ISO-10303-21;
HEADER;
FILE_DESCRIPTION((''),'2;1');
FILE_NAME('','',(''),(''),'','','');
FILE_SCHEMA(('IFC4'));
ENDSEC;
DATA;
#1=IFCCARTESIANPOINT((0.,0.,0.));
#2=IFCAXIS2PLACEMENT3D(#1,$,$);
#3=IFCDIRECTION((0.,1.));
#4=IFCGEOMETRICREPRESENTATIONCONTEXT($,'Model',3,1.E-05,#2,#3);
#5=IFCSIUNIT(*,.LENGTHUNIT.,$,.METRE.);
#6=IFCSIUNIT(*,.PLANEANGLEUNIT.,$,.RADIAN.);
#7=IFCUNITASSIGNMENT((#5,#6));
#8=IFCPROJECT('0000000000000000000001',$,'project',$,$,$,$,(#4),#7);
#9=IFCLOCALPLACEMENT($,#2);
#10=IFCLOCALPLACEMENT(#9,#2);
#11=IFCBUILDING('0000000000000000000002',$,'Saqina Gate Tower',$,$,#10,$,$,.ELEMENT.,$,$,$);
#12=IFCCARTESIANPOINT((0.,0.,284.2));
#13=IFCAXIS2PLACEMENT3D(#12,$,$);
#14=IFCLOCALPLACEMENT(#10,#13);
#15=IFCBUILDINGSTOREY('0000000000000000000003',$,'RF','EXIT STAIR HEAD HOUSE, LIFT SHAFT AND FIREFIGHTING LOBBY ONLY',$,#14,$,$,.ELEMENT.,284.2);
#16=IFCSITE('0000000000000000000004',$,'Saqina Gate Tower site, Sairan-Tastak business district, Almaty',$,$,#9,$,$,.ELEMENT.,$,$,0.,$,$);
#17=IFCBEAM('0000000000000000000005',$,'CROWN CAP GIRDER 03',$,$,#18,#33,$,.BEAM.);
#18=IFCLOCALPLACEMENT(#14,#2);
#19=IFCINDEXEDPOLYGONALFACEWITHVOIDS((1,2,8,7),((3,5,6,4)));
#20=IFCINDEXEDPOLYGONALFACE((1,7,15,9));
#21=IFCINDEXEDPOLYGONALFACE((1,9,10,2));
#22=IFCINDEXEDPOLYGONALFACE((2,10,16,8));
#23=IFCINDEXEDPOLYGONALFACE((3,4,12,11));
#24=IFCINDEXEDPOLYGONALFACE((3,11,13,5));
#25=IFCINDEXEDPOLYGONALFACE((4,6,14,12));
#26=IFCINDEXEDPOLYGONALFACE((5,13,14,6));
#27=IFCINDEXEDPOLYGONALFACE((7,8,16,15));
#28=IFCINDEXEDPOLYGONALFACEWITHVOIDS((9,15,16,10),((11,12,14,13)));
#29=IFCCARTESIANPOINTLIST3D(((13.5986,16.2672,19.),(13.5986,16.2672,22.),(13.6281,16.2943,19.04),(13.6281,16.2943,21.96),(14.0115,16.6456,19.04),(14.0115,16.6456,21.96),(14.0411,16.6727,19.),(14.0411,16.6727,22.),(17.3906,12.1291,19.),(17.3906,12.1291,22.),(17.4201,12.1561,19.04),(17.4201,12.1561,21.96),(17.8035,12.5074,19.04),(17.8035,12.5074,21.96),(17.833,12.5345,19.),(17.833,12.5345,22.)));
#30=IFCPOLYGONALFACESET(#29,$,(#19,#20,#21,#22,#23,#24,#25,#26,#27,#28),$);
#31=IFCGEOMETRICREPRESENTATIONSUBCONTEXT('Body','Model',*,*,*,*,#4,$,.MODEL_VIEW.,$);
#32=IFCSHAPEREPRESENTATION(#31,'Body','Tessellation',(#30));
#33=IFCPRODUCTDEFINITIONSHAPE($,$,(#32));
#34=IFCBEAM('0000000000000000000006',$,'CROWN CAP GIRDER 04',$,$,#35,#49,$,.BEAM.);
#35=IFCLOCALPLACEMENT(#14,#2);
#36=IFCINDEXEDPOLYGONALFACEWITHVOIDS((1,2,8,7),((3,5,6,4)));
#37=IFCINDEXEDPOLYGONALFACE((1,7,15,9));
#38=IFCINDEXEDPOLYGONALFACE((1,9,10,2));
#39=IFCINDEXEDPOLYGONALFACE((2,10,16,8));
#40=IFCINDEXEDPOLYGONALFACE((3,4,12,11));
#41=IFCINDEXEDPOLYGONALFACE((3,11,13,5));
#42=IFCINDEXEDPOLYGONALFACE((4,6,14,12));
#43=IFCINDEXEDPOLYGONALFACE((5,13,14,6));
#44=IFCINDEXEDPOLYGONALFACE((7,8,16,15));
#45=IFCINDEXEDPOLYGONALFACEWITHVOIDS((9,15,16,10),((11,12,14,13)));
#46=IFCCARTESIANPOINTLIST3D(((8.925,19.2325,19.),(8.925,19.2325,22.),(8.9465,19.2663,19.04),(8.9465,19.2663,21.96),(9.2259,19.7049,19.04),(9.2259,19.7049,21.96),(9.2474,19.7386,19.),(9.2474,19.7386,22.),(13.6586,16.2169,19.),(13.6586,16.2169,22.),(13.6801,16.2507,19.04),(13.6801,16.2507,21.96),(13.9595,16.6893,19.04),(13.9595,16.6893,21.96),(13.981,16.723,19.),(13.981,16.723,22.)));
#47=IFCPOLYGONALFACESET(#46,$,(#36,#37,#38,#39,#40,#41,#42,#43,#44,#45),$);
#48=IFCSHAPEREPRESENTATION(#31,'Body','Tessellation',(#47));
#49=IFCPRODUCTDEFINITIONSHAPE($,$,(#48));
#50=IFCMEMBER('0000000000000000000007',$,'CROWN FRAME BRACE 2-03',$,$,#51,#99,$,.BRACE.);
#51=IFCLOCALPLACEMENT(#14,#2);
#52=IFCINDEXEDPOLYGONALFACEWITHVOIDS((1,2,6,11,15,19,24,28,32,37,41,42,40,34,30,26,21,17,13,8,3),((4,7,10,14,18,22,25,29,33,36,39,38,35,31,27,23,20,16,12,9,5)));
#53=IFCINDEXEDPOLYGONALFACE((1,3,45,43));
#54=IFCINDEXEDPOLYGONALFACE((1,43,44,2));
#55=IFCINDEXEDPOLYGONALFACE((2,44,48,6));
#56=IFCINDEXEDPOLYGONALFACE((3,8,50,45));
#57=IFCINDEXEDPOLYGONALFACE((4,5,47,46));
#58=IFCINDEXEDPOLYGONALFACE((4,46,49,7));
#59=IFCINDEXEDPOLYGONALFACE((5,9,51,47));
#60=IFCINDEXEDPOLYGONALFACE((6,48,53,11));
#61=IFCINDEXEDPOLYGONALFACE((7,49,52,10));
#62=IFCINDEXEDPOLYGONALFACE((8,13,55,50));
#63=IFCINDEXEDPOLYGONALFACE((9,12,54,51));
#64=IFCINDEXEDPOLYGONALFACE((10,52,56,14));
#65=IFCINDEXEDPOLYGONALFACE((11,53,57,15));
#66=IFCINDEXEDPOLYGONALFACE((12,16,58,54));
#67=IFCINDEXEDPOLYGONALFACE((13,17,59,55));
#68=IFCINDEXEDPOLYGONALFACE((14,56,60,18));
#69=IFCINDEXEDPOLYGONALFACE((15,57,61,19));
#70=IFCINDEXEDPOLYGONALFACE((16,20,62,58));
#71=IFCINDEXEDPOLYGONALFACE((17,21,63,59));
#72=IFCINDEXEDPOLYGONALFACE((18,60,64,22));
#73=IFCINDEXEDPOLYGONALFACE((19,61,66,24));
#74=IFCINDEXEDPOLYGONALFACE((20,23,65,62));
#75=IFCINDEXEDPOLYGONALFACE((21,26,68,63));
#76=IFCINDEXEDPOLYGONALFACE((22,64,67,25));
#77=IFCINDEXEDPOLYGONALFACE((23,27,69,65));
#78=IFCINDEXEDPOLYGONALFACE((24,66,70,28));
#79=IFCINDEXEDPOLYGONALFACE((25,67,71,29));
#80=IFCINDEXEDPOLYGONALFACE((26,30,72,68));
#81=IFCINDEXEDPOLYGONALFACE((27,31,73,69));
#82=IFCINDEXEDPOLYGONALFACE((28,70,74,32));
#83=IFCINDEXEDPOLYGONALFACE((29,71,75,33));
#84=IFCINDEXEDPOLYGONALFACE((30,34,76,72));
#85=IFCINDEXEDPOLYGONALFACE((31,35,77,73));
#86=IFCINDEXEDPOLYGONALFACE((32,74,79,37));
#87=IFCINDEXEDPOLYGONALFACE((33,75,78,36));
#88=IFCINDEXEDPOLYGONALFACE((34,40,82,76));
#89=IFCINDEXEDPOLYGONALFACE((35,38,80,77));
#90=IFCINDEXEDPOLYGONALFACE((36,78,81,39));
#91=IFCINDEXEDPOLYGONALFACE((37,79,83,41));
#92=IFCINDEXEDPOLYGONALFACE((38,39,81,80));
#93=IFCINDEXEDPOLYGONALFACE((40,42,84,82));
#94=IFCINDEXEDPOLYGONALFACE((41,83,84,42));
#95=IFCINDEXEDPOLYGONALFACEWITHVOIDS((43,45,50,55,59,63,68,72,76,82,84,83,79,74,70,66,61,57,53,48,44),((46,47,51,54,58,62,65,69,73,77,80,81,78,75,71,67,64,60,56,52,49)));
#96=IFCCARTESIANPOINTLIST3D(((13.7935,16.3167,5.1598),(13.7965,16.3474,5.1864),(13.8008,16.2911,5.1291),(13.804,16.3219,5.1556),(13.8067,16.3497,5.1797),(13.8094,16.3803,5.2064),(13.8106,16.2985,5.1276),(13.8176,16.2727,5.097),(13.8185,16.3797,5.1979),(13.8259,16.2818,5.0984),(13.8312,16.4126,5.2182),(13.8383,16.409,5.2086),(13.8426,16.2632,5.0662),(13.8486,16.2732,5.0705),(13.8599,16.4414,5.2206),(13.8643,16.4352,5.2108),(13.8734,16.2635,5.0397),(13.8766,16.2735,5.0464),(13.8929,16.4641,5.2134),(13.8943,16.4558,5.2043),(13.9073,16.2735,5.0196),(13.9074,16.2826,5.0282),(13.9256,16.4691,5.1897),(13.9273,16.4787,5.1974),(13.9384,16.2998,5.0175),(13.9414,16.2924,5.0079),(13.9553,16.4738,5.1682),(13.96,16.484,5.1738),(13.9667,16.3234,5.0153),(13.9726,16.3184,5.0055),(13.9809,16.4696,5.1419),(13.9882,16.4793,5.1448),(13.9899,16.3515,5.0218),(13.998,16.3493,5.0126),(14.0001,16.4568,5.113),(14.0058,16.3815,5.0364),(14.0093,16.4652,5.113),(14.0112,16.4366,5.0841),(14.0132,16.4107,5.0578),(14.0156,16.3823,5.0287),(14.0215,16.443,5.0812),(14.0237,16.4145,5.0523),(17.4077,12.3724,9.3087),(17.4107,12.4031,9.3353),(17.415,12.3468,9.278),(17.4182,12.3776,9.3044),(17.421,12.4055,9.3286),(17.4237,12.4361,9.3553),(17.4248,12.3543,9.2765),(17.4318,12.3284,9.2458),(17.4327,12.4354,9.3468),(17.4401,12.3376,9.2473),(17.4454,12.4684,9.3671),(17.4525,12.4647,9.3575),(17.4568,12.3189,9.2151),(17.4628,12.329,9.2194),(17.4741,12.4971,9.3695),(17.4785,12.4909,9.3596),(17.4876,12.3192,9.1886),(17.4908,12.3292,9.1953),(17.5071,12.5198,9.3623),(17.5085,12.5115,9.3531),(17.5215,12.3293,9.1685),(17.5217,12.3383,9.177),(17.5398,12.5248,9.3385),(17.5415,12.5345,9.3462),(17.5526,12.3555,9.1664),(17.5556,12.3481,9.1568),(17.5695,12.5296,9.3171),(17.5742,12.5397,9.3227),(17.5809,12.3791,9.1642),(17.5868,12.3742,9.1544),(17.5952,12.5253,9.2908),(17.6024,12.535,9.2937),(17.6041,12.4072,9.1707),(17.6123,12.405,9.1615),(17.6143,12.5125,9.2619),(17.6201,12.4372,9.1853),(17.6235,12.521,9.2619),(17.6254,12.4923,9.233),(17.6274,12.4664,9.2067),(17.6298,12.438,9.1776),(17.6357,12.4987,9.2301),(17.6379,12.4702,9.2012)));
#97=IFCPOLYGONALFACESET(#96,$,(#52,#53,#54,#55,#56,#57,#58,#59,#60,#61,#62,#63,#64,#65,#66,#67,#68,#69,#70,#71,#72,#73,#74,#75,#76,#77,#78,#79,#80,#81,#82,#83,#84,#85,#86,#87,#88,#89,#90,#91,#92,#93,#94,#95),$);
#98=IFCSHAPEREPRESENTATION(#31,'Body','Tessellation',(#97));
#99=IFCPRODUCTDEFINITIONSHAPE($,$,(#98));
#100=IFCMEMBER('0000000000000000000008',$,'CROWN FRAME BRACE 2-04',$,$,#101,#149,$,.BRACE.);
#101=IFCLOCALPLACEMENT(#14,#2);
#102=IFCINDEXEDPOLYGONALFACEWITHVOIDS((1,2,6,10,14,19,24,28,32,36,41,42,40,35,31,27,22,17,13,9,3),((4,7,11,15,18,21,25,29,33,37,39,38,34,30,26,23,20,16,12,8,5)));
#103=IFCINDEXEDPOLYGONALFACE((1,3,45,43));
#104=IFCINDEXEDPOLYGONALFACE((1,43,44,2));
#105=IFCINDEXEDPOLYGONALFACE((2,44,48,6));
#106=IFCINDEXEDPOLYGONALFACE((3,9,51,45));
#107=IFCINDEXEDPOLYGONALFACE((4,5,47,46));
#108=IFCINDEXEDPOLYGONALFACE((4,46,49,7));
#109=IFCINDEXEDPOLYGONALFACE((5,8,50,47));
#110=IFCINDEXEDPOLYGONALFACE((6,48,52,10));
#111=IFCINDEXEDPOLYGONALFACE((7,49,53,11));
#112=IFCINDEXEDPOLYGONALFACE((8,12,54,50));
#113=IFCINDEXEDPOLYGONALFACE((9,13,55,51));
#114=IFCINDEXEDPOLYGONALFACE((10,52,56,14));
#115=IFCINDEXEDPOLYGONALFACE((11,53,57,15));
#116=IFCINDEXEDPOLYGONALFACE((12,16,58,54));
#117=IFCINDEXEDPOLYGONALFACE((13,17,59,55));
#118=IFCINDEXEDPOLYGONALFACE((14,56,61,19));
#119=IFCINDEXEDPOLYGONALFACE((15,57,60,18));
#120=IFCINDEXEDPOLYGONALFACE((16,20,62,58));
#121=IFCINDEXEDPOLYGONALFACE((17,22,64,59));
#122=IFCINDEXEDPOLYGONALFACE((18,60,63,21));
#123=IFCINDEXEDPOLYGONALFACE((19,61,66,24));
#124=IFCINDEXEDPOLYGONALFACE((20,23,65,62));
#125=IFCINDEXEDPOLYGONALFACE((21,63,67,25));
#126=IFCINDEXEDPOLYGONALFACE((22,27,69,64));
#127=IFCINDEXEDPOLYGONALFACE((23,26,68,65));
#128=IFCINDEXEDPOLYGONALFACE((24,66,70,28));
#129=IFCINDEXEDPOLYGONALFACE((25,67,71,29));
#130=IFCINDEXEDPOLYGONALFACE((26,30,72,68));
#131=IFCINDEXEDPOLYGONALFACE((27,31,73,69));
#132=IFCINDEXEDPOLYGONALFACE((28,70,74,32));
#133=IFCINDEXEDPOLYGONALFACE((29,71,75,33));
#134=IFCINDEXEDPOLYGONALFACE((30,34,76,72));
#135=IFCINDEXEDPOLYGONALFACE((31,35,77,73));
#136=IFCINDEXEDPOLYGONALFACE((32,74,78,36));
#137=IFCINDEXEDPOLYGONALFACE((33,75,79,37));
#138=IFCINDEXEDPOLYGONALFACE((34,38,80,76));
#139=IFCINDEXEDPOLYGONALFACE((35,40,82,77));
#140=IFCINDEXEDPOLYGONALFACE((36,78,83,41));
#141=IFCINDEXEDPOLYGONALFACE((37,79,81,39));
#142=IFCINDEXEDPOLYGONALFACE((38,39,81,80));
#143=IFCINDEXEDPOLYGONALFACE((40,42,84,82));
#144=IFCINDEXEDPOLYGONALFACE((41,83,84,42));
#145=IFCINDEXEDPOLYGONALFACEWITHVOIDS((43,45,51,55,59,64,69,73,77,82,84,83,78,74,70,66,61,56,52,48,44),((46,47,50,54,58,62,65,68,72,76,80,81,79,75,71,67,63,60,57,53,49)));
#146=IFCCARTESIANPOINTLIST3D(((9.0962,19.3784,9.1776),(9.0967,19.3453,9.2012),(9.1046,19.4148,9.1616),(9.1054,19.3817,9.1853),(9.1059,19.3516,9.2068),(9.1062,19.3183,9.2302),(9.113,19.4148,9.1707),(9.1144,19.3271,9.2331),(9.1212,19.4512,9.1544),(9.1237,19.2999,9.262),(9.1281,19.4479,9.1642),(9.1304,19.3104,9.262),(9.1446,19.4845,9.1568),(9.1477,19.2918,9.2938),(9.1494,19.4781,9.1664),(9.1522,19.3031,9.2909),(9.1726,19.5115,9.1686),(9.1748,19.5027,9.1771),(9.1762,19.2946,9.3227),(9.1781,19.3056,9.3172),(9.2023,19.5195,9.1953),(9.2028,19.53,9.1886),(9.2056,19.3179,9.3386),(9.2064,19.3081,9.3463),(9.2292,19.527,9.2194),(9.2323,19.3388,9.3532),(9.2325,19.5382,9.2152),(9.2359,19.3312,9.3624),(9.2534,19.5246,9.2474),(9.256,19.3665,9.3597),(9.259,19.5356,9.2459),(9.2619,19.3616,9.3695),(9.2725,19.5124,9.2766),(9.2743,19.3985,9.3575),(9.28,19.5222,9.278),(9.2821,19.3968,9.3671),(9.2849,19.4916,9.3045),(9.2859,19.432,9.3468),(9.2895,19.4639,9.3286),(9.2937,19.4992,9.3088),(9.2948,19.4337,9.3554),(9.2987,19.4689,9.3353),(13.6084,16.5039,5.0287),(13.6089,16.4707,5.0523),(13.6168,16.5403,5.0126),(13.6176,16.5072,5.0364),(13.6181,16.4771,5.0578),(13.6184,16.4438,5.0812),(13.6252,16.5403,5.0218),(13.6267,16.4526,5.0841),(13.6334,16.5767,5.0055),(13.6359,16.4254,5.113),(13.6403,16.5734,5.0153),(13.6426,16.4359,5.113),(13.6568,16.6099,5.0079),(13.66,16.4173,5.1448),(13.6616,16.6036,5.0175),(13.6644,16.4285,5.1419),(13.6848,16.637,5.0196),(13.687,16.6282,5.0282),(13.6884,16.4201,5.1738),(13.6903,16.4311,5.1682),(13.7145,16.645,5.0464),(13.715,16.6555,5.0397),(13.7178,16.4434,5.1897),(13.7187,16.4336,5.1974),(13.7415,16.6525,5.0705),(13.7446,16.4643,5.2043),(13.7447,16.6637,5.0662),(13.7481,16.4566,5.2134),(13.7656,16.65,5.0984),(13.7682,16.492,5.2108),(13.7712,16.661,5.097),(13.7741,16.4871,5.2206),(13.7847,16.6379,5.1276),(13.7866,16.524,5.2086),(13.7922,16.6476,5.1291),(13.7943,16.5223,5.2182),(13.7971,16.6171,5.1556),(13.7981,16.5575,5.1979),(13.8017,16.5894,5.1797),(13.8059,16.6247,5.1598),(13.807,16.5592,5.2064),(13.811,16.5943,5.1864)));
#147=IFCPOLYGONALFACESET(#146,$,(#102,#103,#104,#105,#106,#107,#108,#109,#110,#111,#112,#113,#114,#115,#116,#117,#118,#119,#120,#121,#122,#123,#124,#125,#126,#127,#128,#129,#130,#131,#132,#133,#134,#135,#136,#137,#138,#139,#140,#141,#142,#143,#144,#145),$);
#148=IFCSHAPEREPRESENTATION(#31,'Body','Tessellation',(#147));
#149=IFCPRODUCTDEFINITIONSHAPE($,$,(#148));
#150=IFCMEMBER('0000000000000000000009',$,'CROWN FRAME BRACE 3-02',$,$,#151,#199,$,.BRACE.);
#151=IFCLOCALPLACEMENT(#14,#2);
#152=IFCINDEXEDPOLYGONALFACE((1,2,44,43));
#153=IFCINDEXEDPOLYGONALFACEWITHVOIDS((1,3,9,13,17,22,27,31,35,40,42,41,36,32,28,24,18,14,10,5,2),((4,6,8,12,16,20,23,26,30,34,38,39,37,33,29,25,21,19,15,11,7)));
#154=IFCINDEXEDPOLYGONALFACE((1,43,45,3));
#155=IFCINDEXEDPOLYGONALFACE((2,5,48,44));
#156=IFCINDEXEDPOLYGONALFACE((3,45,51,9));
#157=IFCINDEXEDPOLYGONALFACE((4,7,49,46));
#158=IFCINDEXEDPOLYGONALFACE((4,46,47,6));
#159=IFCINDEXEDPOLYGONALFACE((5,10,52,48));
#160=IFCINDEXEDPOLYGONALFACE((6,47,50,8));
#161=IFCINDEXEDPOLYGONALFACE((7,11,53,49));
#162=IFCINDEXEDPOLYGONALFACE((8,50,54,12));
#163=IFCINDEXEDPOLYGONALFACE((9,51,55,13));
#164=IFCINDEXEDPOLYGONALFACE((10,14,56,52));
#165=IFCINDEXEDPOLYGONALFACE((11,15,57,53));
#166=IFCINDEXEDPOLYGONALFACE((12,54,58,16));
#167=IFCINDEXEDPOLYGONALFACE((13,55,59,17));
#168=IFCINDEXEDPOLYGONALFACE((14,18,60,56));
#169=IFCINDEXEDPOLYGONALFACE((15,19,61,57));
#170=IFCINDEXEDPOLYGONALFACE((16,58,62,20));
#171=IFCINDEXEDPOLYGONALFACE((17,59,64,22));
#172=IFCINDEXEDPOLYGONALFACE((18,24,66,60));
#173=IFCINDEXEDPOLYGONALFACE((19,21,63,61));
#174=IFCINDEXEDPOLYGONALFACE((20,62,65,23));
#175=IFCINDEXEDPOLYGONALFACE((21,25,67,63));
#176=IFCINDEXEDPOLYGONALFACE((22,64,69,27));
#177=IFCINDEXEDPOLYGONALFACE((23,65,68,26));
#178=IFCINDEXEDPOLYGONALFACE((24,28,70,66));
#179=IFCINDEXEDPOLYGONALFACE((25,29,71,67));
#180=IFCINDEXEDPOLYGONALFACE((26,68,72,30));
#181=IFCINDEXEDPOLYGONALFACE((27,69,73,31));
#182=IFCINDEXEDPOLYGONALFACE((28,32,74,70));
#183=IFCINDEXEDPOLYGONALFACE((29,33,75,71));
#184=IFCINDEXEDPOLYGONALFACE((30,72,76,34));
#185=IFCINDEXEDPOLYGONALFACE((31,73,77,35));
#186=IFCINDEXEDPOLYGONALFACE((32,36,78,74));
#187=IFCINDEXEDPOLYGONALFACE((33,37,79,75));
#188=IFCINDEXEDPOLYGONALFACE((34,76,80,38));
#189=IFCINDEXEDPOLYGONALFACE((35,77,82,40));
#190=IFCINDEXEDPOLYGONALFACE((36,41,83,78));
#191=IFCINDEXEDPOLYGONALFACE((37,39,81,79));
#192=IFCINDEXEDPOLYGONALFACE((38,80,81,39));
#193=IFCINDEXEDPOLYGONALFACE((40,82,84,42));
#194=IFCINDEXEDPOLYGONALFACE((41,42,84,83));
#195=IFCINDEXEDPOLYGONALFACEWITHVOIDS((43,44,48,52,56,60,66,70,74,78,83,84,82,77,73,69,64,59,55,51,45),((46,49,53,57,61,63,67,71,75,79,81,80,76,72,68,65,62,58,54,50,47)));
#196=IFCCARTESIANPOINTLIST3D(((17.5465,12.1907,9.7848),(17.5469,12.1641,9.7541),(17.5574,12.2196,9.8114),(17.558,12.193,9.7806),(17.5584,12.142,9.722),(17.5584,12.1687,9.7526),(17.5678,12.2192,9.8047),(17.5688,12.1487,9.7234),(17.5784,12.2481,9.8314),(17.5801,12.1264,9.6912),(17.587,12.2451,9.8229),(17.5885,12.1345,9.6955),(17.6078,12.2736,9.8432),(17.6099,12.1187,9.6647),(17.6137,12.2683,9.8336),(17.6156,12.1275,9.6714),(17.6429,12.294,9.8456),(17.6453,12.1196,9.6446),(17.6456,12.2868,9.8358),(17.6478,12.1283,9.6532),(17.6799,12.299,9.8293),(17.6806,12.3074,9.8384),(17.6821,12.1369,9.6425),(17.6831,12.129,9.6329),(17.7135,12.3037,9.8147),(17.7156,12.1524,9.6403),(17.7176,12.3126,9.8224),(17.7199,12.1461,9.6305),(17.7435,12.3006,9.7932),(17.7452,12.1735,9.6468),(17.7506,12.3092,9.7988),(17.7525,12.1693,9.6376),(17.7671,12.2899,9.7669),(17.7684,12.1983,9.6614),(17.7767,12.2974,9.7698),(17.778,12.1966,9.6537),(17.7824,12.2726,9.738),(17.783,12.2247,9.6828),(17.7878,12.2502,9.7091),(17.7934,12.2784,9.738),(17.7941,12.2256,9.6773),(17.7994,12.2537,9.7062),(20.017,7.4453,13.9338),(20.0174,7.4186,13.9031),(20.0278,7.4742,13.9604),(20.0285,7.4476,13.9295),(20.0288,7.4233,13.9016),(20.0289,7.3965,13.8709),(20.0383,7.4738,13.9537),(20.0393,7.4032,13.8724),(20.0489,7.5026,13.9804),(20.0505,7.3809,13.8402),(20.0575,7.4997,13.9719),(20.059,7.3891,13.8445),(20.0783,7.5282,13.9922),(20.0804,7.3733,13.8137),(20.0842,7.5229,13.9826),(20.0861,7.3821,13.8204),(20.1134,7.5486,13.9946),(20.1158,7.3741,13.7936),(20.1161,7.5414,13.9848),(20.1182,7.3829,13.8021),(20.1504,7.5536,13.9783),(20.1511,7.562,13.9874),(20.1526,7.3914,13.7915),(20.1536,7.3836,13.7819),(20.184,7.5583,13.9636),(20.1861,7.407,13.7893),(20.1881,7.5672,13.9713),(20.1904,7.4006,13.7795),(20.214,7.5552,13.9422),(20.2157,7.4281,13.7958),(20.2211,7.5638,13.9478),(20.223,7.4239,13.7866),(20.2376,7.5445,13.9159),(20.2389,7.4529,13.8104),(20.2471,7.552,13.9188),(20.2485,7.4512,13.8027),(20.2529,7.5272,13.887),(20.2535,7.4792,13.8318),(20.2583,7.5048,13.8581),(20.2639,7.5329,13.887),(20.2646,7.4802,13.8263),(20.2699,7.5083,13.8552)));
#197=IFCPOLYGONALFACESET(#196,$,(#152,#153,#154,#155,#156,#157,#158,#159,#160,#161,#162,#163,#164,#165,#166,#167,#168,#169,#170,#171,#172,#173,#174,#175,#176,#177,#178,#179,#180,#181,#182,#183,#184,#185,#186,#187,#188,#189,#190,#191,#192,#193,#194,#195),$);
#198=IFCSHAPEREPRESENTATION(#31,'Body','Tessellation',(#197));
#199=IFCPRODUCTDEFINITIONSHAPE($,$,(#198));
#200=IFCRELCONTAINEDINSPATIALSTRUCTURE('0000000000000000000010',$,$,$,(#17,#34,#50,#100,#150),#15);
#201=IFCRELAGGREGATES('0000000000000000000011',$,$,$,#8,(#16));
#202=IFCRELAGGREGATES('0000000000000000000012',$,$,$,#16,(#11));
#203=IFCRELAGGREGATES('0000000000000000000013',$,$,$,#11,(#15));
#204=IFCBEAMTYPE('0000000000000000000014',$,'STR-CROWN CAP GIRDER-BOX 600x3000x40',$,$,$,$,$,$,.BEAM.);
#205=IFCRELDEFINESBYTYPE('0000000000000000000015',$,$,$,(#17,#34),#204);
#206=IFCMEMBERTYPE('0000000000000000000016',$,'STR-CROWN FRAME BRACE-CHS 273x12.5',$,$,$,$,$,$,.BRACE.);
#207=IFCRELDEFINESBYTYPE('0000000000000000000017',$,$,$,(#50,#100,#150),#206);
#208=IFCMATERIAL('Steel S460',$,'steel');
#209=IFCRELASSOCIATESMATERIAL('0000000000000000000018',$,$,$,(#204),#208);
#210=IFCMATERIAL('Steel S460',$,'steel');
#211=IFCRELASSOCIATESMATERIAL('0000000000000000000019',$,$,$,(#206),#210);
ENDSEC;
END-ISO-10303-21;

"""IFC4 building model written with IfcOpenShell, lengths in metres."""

from ifc_helpers import new_model, si_unit, direction, frame, origin, origin_2d, place, context, subcontext, project, spatial, hollow_rectangle, hollow_circle, extrude, material, material_profile, profile_set, type_object, element, save


model = new_model("IFC4")

# Units and contexts
model_context = context("Model", 3, precision=1e-05, world=origin(), true_north=direction((0.0, 1.0)))
body_context = subcontext(model_context, "Body", "Model", "MODEL_VIEW")
ifc_project = project(units=[si_unit("LENGTHUNIT", "METRE"), si_unit("PLANEANGLEUNIT", "RADIAN")], contexts=[model_context])

# Site, building, storey
site_placement = place(None, origin())
site = spatial("IfcSite", under=ifc_project, at=site_placement, Name="Saqina Gate Tower site, Sairan-Tastak business district, Almaty", CompositionType="ELEMENT", RefElevation=0.0)
building_placement = place(site_placement, origin())
building = spatial("IfcBuilding", under=site, at=building_placement, Name="Saqina Gate Tower", CompositionType="ELEMENT")
storey_placement = place(building_placement, frame((0.0, 0.0, 284.2)))
storey = spatial("IfcBuildingStorey", under=building, at=storey_placement, Name="RF", Description="EXIT STAIR HEAD HOUSE, LIFT SHAFT AND FIREFIGHTING LOBBY ONLY", CompositionType="ELEMENT", Elevation=284.2)

# Beams
ifc_material_1 = material(Name="Steel S460", Category="steel")
ifc_material_profile_1 = material_profile(ifc_material_1, hollow_rectangle(XDim=0.6001, YDim=3.0, WallThickness=0.04, at=origin_2d()), Name="BOX 600x3000x40")
ifc_profile_set_1 = profile_set([ifc_material_profile_1], Name="Steel S460")
beam_type_1 = type_object("IfcBeamType", Name="STR-CROWN CAP GIRDER-BOX 600x3000x40", PredefinedType="BEAM", material=ifc_profile_set_1)
beam_1_placement = place(storey_placement, frame((17.6118, 12.3318, 20.5), z_axis=(-0.675595, 0.737273, 0.0), x_axis=(-0.737273, -0.675595, 0.0)))
element("IfcBeam", 1, at=beam_1_placement, inside=storey, type_object=beam_type_1, Name="CROWN CAP GIRDER 03", PredefinedType="BEAM", context=body_context, shape_type="SweptSolid", body=[
    extrude(hollow_rectangle(XDim=0.6001, YDim=3.0, WallThickness=0.04, at=origin_2d()), origin(), (0.0, 0.0, 1.0), 5.6128),
])
beam_2_placement = place(storey_placement, frame((13.8198, 16.47, 20.5), z_axis=(-0.843395, 0.537295, 0.0), x_axis=(-0.537295, -0.843395, 0.0)))
element("IfcBeam", 2, at=beam_2_placement, inside=storey, type_object=beam_type_1, Name="CROWN CAP GIRDER 04", PredefinedType="BEAM", context=body_context, shape_type="SweptSolid", body=[
    extrude(hollow_rectangle(XDim=0.6001, YDim=3.0, WallThickness=0.04, at=origin_2d()), origin(), (0.0, 0.0, 1.0), 5.6125),
])

# Members
ifc_material_2 = material(Name="Steel S460", Category="steel")
ifc_material_profile_2 = material_profile(ifc_material_2, hollow_circle(Radius=0.1365, WallThickness=0.0125, at=origin_2d()), Name="CHS 273x12.5")
ifc_profile_set_2 = profile_set([ifc_material_profile_2], Name="Steel S460")
member_type = type_object("IfcMemberType", Name="STR-CROWN FRAME BRACE-CHS 273x12.5", PredefinedType="BRACE", material=ifc_profile_set_2)
member_1_placement = place(storey_placement, frame((13.9087, 16.373, 5.113), z_axis=(0.533856, -0.582611, 0.612831), x_axis=(0.737283, 0.675584, 0.0)))
element("IfcMember", 3, at=member_1_placement, inside=storey, type_object=member_type, Name="CROWN FRAME BRACE 2-03", PredefinedType="BRACE", context=body_context, shape_type="SweptSolid", body=[
    extrude(hollow_circle(Radius=0.1365, WallThickness=0.0125, at=origin_2d()), origin(), (0.0, 0.0, 1.0), 6.77),
])
for number, where, z_axis, x_axis, name in (
    (4, (13.7092, 16.5405, 5.113), (-0.666475, 0.424579, 0.612816), (-0.537289, -0.843398, 0.0), "CROWN FRAME BRACE 2-04"),
    (5, (17.6724, 12.2153, 9.738), (0.364904, -0.700922, 0.612824), (0.886997, 0.461775, 0.0), "CROWN FRAME BRACE 3-02"),
):
    element("IfcMember", number, at=place(storey_placement, frame(where, z_axis=z_axis, x_axis=x_axis)), inside=storey, type_object=member_type, Name=name, PredefinedType="BRACE", context=body_context, shape_type="SweptSolid", body=[
        extrude(hollow_circle(Radius=0.1365, WallThickness=0.0125, at=origin_2d()), origin(), (0.0, 0.0, 1.0), 6.7703),
    ])

save(model, "model.ifc")
